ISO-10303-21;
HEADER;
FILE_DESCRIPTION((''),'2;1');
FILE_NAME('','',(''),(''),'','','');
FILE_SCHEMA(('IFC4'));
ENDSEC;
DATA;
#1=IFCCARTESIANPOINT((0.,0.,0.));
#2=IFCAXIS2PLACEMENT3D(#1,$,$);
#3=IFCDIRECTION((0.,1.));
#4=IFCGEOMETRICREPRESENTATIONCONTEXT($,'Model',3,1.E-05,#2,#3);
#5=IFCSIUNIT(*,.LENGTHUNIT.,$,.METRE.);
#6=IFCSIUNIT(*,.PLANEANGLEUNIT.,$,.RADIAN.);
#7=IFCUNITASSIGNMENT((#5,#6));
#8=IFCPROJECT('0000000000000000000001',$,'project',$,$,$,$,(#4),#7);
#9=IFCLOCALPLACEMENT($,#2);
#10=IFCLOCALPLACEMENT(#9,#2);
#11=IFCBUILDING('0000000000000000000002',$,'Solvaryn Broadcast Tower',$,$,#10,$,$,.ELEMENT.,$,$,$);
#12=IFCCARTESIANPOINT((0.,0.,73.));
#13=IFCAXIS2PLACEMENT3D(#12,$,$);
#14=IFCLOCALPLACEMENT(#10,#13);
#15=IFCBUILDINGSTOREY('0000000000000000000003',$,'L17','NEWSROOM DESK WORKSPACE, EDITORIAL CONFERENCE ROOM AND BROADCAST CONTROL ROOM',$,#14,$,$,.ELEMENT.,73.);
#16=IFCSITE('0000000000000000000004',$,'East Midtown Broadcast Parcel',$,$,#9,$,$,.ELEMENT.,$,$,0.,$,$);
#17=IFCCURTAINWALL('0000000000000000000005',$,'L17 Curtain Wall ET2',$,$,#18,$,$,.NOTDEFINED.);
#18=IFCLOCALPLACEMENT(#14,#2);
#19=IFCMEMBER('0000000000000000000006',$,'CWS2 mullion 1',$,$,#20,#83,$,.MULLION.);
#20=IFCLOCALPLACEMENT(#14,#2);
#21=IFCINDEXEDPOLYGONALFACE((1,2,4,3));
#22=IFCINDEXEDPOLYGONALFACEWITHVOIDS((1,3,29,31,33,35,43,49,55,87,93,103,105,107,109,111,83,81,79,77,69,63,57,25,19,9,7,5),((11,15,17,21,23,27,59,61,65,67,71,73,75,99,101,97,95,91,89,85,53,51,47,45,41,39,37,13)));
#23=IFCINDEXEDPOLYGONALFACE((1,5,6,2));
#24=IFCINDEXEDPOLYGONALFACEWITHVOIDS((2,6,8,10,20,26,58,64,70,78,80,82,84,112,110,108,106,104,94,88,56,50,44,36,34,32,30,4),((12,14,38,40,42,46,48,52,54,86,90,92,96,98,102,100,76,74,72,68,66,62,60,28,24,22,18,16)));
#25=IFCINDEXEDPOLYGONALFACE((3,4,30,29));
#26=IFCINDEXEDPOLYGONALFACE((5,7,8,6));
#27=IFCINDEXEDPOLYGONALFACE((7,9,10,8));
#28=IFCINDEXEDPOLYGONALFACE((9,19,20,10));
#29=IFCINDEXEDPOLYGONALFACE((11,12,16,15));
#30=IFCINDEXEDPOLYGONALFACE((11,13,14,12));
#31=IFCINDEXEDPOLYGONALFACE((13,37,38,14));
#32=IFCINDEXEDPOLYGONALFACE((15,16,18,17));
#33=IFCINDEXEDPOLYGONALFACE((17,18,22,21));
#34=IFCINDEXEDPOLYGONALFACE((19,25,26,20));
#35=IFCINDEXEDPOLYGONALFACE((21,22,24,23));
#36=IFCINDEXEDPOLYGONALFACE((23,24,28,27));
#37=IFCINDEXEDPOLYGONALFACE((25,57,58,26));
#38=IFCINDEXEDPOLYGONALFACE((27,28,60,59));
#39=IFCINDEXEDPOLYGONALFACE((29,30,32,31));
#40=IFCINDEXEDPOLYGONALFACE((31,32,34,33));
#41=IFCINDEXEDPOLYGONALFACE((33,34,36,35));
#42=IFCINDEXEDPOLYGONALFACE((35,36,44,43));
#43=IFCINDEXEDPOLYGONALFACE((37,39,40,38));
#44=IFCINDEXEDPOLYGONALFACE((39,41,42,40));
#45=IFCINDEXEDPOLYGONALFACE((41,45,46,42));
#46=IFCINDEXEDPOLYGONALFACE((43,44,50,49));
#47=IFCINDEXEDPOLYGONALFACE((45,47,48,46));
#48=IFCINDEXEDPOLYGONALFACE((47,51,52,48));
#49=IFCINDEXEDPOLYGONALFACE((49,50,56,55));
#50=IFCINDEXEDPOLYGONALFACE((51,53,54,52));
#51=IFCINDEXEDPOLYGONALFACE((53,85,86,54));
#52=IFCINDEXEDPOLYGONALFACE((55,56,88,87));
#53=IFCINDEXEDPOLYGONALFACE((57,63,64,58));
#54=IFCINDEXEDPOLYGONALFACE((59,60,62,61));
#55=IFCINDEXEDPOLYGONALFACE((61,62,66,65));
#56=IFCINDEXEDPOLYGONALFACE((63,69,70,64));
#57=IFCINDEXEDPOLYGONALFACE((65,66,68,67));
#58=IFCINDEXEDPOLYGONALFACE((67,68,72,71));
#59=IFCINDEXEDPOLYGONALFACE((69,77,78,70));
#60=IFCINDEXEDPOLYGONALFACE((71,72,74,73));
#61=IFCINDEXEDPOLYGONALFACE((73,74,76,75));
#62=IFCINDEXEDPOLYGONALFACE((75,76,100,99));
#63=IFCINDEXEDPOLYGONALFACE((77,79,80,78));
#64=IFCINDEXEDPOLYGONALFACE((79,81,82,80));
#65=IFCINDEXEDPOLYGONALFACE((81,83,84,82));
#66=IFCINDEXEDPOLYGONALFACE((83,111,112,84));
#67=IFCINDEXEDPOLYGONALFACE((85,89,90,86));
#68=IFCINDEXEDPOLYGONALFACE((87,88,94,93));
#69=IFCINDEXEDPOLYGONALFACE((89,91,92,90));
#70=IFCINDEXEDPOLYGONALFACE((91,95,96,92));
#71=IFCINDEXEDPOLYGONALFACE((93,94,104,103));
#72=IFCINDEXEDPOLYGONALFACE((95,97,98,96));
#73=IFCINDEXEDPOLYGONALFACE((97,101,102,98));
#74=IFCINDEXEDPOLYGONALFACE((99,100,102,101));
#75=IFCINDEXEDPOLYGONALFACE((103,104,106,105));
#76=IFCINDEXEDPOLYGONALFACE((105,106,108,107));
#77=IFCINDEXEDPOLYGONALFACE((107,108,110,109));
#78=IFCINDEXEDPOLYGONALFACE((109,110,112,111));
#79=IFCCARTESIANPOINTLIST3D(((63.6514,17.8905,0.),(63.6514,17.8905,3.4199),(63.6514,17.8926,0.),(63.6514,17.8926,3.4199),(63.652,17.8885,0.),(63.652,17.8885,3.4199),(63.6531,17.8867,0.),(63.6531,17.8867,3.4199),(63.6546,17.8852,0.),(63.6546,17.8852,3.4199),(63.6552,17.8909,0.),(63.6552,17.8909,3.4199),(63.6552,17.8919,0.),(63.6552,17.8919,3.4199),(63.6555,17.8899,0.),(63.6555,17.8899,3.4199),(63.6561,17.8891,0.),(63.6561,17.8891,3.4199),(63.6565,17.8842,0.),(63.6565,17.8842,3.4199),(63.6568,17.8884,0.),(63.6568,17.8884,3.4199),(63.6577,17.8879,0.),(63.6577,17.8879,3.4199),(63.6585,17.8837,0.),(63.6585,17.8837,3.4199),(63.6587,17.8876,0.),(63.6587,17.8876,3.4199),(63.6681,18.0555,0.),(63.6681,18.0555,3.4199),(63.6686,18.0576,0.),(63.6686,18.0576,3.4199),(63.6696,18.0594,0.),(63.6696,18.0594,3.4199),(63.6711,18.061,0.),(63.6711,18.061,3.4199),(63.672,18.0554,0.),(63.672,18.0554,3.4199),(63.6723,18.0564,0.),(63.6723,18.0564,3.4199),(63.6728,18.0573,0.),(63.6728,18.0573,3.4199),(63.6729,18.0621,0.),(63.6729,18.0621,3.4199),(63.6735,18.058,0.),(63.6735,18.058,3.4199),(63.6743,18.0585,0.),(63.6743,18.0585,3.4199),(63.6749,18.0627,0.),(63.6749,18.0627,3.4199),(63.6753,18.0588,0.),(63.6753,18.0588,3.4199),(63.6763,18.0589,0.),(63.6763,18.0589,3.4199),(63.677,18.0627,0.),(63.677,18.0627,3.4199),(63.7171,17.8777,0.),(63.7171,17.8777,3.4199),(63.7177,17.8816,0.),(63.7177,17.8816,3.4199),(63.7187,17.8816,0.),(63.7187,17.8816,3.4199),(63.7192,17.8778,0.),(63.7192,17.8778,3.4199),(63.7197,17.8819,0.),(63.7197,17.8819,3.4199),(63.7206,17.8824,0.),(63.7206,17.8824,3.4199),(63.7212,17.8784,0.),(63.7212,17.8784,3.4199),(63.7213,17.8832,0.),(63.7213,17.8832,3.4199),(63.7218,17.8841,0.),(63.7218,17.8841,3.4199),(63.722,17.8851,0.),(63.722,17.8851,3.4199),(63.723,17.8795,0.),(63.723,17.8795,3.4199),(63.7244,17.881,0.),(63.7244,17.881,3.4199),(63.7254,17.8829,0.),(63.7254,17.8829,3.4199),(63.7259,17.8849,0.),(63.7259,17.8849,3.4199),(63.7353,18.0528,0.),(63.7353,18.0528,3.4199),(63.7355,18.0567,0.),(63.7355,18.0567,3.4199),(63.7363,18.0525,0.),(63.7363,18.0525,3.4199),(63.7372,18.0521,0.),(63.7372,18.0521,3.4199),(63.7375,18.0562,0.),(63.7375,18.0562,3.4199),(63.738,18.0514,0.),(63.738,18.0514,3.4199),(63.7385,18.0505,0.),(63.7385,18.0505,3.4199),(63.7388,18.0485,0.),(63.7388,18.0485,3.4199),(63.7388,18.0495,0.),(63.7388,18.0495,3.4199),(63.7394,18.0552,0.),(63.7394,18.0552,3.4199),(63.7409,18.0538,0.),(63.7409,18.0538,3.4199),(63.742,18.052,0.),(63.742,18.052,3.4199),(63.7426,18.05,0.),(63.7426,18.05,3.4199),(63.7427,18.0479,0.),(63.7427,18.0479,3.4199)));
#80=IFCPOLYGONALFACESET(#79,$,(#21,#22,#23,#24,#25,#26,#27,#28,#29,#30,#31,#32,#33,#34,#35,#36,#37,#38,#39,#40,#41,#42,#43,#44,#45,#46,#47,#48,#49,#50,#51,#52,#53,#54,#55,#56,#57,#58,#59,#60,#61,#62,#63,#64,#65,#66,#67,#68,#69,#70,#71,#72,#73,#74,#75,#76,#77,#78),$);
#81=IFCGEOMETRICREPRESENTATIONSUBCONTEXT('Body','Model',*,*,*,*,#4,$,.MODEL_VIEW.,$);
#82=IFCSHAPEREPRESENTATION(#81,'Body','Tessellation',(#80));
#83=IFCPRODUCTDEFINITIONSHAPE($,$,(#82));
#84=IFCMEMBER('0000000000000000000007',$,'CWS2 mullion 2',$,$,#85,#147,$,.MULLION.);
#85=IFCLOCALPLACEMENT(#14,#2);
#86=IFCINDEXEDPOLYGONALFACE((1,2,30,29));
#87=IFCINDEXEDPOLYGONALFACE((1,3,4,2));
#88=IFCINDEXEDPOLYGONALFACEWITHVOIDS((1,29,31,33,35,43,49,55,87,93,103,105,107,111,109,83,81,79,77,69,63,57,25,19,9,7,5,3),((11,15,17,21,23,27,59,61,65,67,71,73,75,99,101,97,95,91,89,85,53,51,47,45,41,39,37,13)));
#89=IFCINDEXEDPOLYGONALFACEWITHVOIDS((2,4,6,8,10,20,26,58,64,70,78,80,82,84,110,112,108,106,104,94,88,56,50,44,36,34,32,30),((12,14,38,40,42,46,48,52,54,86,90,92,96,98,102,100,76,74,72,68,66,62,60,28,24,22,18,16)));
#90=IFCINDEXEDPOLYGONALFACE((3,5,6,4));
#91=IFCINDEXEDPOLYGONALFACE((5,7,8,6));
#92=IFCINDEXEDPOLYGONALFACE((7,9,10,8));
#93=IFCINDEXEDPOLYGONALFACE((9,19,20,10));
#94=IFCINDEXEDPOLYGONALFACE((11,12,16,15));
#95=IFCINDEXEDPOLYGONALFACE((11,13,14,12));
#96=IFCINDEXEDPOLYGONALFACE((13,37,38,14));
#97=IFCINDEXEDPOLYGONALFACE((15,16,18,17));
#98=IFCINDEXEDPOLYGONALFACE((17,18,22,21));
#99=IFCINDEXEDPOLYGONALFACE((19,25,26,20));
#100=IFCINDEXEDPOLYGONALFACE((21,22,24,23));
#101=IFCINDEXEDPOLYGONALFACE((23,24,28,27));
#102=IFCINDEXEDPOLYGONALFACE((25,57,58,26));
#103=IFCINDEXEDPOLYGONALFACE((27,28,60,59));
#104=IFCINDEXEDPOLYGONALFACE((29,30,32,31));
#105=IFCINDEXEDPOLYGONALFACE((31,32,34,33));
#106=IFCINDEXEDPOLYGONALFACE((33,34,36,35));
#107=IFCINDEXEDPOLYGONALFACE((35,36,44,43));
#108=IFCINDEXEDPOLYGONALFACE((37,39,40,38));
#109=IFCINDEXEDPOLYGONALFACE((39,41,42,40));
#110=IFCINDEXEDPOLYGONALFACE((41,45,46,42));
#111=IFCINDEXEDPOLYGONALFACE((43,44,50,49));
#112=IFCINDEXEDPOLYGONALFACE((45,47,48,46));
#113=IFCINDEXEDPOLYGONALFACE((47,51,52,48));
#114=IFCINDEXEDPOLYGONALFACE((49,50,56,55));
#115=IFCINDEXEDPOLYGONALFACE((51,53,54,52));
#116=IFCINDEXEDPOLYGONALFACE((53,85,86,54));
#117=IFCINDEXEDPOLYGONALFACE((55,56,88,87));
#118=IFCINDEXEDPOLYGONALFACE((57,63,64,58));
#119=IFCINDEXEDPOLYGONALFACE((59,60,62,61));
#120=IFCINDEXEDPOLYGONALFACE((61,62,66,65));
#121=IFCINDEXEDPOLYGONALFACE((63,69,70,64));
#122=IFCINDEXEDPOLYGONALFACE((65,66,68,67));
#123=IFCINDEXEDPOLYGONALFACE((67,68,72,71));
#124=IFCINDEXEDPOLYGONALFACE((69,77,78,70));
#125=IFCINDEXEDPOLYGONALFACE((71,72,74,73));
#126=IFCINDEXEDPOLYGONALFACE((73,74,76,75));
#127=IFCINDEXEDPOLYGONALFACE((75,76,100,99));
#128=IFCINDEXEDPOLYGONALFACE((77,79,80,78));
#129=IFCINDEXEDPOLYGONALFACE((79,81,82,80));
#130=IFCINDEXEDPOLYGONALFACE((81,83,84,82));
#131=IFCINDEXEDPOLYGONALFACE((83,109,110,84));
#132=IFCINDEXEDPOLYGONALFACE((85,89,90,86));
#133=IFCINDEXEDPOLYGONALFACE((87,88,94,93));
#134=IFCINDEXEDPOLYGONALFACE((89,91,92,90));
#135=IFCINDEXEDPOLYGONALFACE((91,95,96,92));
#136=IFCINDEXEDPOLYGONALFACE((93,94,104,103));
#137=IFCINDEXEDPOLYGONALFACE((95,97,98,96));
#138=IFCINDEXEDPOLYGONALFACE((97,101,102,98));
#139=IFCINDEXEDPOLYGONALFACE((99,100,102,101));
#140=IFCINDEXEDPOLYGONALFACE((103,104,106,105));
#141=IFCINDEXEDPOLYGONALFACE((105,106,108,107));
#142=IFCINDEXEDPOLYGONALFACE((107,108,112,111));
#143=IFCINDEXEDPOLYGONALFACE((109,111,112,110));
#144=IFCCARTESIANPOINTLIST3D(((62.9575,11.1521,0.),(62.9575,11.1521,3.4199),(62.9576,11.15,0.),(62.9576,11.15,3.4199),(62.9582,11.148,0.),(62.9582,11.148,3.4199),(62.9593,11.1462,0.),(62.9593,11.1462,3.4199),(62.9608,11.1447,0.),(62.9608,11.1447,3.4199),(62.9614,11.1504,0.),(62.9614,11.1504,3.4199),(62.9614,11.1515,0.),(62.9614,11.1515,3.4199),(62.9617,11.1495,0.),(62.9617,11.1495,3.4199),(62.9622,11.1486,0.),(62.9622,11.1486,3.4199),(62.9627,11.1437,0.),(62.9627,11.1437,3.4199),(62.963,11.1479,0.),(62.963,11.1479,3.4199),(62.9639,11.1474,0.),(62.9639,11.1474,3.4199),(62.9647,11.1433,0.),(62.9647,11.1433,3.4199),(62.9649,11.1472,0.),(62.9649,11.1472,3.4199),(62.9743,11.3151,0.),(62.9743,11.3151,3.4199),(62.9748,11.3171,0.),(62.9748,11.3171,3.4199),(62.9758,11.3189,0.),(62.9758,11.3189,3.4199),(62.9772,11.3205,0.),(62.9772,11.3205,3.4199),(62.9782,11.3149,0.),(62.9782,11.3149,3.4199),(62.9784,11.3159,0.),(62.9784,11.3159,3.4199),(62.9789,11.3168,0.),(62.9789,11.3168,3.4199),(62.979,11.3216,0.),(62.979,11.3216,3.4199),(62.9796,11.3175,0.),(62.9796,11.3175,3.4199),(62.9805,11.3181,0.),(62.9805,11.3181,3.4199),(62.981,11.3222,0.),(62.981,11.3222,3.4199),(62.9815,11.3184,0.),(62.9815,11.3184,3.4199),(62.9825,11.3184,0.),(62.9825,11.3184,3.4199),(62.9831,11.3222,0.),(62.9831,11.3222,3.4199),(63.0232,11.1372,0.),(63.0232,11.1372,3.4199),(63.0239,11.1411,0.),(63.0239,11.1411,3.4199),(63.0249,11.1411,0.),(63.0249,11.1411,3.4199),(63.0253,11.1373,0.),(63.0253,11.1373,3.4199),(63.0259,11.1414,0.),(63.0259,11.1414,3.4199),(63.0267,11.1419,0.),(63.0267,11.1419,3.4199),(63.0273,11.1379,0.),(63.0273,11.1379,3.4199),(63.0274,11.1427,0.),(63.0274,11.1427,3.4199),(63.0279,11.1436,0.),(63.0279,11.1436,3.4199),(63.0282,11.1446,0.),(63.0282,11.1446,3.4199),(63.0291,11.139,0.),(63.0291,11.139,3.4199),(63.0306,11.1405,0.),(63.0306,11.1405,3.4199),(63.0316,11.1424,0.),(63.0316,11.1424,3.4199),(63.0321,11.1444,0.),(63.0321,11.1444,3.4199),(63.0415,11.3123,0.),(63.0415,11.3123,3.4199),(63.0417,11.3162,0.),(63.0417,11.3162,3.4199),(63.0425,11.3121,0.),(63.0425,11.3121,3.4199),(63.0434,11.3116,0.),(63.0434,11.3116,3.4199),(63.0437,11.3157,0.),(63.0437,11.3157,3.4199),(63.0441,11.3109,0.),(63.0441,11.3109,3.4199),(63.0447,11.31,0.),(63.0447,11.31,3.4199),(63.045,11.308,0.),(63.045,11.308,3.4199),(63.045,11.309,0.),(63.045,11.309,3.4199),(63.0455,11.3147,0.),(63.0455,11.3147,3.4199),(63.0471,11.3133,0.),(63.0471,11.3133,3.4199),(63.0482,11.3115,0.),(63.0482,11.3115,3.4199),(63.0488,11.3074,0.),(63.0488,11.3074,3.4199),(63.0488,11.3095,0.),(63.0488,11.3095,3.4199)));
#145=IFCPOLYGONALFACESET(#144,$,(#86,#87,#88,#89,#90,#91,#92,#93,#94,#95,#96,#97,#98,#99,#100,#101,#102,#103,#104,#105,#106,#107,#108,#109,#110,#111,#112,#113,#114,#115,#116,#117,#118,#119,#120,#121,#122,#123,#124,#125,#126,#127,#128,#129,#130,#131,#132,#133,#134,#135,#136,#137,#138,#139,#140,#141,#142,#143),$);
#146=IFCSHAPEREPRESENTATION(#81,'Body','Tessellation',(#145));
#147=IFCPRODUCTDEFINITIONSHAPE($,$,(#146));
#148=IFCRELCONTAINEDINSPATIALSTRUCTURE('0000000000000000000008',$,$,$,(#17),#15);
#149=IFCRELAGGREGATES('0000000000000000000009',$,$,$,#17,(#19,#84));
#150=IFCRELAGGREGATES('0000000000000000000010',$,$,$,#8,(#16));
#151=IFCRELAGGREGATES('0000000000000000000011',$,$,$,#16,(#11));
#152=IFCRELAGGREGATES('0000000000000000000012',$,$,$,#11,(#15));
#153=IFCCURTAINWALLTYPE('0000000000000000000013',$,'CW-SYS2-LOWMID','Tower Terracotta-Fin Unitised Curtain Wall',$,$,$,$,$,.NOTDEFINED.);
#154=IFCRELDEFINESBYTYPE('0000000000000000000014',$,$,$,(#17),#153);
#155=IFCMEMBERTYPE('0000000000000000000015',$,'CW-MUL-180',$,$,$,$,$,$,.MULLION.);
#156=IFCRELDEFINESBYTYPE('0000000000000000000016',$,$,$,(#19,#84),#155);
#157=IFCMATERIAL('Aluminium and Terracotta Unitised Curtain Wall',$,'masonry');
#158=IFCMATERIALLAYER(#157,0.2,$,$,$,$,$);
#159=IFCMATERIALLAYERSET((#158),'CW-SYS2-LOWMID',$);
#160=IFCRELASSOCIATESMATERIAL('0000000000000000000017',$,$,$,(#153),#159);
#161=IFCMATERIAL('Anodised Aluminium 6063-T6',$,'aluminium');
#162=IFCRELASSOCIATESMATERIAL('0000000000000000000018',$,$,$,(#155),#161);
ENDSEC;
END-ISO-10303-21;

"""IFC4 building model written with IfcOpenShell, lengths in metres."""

from ifc_helpers import new_model, si_unit, direction, frame, origin, origin_2d, place, context, subcontext, project, spatial, hollow_rectangle, extrude, material, layer, layer_set, material_profile, profile_set, type_object, element, aggregate, save


model = new_model("IFC4")

# Units and contexts
model_context = context("Model", 3, precision=1e-05, world=origin(), true_north=direction((0.0, 1.0)))
body_context = subcontext(model_context, "Body", "Model", "MODEL_VIEW")
ifc_project = project(units=[si_unit("LENGTHUNIT", "METRE"), si_unit("PLANEANGLEUNIT", "RADIAN")], contexts=[model_context])

# Site, building, storey
site_placement = place(None, origin())
site = spatial("IfcSite", under=ifc_project, at=site_placement, Name="East Midtown Broadcast Parcel", CompositionType="ELEMENT", RefElevation=0.0)
building_placement = place(site_placement, origin())
building = spatial("IfcBuilding", under=site, at=building_placement, Name="Solvaryn Broadcast Tower", CompositionType="ELEMENT")
storey_placement = place(building_placement, frame((0.0, 0.0, 73.0)))
storey = spatial("IfcBuildingStorey", under=building, at=storey_placement, Name="L17", Description="NEWSROOM DESK WORKSPACE, EDITORIAL CONFERENCE ROOM AND BROADCAST CONTROL ROOM", CompositionType="ELEMENT", Elevation=73.0)

# Shared definitions
ifc_material_1 = material(Name="Aluminium and Terracotta Unitised Curtain Wall", Category="masonry")
ifc_layer_1 = layer(ifc_material_1, 0.2)
ifc_layer_set_1 = layer_set([ifc_layer_1], Name="CW-SYS2-LOWMID")
curtain_wall_type = type_object("IfcCurtainWallType", Name="CW-SYS2-LOWMID", Description="Tower Terracotta-Fin Unitised Curtain Wall", PredefinedType="NOTDEFINED", material=ifc_layer_set_1)
ifc_material_2 = material(Name="Anodised Aluminium 6063-T6", Category="aluminium")
ifc_material_profile_1 = material_profile(ifc_material_2, hollow_rectangle(XDim=0.075, YDim=0.1799, WallThickness=0.0039, InnerFilletRadius=0.0039, OuterFilletRadius=0.0081, at=origin_2d()))
ifc_profile_set_1 = profile_set([ifc_material_profile_1], Name="Anodised Aluminium 6063-T6")
member_type_1 = type_object("IfcMemberType", Name="CW-MUL-180", PredefinedType="MULLION", material=ifc_profile_set_1)

# Curtain wall, members
curtain_wall_1_placement = place(storey_placement, origin())
curtain_wall_1 = element("IfcCurtainWall", 1, at=curtain_wall_1_placement, inside=storey, type_object=curtain_wall_type, Name="L17 Curtain Wall ET2", PredefinedType="NOTDEFINED")
member_1_placement = place(storey_placement, frame((63.697, 17.9702, 0.0), z_axis=(0.0, 0.0, 1.0), x_axis=(0.994743, -0.1024, 0.0)))
member_1 = element("IfcMember", 2, at=member_1_placement, type_object=member_type_1, Name="CWS2 mullion 1", PredefinedType="MULLION", context=body_context, shape_type="SweptSolid", body=[
    extrude(hollow_rectangle(XDim=0.075, YDim=0.1799, WallThickness=0.0039, InnerFilletRadius=0.0039, OuterFilletRadius=0.0081, at=origin_2d()), origin(), (0.0, 0.0, 1.0), 3.4199),
])
member_2_placement = place(storey_placement, frame((63.0032, 11.2297, 0.0), z_axis=(0.0, 0.0, 1.0), x_axis=(0.994743, -0.1024, 0.0)))
member_2 = element("IfcMember", 3, at=member_2_placement, type_object=member_type_1, Name="CWS2 mullion 2", PredefinedType="MULLION", context=body_context, shape_type="SweptSolid", body=[
    extrude(hollow_rectangle(XDim=0.075, YDim=0.1799, WallThickness=0.0039, InnerFilletRadius=0.0039, OuterFilletRadius=0.0081, at=origin_2d()), origin(), (0.0, 0.0, 1.0), 3.4199),
])

aggregate(curtain_wall_1, [member_1, member_2])

save(model, "model.ifc")
